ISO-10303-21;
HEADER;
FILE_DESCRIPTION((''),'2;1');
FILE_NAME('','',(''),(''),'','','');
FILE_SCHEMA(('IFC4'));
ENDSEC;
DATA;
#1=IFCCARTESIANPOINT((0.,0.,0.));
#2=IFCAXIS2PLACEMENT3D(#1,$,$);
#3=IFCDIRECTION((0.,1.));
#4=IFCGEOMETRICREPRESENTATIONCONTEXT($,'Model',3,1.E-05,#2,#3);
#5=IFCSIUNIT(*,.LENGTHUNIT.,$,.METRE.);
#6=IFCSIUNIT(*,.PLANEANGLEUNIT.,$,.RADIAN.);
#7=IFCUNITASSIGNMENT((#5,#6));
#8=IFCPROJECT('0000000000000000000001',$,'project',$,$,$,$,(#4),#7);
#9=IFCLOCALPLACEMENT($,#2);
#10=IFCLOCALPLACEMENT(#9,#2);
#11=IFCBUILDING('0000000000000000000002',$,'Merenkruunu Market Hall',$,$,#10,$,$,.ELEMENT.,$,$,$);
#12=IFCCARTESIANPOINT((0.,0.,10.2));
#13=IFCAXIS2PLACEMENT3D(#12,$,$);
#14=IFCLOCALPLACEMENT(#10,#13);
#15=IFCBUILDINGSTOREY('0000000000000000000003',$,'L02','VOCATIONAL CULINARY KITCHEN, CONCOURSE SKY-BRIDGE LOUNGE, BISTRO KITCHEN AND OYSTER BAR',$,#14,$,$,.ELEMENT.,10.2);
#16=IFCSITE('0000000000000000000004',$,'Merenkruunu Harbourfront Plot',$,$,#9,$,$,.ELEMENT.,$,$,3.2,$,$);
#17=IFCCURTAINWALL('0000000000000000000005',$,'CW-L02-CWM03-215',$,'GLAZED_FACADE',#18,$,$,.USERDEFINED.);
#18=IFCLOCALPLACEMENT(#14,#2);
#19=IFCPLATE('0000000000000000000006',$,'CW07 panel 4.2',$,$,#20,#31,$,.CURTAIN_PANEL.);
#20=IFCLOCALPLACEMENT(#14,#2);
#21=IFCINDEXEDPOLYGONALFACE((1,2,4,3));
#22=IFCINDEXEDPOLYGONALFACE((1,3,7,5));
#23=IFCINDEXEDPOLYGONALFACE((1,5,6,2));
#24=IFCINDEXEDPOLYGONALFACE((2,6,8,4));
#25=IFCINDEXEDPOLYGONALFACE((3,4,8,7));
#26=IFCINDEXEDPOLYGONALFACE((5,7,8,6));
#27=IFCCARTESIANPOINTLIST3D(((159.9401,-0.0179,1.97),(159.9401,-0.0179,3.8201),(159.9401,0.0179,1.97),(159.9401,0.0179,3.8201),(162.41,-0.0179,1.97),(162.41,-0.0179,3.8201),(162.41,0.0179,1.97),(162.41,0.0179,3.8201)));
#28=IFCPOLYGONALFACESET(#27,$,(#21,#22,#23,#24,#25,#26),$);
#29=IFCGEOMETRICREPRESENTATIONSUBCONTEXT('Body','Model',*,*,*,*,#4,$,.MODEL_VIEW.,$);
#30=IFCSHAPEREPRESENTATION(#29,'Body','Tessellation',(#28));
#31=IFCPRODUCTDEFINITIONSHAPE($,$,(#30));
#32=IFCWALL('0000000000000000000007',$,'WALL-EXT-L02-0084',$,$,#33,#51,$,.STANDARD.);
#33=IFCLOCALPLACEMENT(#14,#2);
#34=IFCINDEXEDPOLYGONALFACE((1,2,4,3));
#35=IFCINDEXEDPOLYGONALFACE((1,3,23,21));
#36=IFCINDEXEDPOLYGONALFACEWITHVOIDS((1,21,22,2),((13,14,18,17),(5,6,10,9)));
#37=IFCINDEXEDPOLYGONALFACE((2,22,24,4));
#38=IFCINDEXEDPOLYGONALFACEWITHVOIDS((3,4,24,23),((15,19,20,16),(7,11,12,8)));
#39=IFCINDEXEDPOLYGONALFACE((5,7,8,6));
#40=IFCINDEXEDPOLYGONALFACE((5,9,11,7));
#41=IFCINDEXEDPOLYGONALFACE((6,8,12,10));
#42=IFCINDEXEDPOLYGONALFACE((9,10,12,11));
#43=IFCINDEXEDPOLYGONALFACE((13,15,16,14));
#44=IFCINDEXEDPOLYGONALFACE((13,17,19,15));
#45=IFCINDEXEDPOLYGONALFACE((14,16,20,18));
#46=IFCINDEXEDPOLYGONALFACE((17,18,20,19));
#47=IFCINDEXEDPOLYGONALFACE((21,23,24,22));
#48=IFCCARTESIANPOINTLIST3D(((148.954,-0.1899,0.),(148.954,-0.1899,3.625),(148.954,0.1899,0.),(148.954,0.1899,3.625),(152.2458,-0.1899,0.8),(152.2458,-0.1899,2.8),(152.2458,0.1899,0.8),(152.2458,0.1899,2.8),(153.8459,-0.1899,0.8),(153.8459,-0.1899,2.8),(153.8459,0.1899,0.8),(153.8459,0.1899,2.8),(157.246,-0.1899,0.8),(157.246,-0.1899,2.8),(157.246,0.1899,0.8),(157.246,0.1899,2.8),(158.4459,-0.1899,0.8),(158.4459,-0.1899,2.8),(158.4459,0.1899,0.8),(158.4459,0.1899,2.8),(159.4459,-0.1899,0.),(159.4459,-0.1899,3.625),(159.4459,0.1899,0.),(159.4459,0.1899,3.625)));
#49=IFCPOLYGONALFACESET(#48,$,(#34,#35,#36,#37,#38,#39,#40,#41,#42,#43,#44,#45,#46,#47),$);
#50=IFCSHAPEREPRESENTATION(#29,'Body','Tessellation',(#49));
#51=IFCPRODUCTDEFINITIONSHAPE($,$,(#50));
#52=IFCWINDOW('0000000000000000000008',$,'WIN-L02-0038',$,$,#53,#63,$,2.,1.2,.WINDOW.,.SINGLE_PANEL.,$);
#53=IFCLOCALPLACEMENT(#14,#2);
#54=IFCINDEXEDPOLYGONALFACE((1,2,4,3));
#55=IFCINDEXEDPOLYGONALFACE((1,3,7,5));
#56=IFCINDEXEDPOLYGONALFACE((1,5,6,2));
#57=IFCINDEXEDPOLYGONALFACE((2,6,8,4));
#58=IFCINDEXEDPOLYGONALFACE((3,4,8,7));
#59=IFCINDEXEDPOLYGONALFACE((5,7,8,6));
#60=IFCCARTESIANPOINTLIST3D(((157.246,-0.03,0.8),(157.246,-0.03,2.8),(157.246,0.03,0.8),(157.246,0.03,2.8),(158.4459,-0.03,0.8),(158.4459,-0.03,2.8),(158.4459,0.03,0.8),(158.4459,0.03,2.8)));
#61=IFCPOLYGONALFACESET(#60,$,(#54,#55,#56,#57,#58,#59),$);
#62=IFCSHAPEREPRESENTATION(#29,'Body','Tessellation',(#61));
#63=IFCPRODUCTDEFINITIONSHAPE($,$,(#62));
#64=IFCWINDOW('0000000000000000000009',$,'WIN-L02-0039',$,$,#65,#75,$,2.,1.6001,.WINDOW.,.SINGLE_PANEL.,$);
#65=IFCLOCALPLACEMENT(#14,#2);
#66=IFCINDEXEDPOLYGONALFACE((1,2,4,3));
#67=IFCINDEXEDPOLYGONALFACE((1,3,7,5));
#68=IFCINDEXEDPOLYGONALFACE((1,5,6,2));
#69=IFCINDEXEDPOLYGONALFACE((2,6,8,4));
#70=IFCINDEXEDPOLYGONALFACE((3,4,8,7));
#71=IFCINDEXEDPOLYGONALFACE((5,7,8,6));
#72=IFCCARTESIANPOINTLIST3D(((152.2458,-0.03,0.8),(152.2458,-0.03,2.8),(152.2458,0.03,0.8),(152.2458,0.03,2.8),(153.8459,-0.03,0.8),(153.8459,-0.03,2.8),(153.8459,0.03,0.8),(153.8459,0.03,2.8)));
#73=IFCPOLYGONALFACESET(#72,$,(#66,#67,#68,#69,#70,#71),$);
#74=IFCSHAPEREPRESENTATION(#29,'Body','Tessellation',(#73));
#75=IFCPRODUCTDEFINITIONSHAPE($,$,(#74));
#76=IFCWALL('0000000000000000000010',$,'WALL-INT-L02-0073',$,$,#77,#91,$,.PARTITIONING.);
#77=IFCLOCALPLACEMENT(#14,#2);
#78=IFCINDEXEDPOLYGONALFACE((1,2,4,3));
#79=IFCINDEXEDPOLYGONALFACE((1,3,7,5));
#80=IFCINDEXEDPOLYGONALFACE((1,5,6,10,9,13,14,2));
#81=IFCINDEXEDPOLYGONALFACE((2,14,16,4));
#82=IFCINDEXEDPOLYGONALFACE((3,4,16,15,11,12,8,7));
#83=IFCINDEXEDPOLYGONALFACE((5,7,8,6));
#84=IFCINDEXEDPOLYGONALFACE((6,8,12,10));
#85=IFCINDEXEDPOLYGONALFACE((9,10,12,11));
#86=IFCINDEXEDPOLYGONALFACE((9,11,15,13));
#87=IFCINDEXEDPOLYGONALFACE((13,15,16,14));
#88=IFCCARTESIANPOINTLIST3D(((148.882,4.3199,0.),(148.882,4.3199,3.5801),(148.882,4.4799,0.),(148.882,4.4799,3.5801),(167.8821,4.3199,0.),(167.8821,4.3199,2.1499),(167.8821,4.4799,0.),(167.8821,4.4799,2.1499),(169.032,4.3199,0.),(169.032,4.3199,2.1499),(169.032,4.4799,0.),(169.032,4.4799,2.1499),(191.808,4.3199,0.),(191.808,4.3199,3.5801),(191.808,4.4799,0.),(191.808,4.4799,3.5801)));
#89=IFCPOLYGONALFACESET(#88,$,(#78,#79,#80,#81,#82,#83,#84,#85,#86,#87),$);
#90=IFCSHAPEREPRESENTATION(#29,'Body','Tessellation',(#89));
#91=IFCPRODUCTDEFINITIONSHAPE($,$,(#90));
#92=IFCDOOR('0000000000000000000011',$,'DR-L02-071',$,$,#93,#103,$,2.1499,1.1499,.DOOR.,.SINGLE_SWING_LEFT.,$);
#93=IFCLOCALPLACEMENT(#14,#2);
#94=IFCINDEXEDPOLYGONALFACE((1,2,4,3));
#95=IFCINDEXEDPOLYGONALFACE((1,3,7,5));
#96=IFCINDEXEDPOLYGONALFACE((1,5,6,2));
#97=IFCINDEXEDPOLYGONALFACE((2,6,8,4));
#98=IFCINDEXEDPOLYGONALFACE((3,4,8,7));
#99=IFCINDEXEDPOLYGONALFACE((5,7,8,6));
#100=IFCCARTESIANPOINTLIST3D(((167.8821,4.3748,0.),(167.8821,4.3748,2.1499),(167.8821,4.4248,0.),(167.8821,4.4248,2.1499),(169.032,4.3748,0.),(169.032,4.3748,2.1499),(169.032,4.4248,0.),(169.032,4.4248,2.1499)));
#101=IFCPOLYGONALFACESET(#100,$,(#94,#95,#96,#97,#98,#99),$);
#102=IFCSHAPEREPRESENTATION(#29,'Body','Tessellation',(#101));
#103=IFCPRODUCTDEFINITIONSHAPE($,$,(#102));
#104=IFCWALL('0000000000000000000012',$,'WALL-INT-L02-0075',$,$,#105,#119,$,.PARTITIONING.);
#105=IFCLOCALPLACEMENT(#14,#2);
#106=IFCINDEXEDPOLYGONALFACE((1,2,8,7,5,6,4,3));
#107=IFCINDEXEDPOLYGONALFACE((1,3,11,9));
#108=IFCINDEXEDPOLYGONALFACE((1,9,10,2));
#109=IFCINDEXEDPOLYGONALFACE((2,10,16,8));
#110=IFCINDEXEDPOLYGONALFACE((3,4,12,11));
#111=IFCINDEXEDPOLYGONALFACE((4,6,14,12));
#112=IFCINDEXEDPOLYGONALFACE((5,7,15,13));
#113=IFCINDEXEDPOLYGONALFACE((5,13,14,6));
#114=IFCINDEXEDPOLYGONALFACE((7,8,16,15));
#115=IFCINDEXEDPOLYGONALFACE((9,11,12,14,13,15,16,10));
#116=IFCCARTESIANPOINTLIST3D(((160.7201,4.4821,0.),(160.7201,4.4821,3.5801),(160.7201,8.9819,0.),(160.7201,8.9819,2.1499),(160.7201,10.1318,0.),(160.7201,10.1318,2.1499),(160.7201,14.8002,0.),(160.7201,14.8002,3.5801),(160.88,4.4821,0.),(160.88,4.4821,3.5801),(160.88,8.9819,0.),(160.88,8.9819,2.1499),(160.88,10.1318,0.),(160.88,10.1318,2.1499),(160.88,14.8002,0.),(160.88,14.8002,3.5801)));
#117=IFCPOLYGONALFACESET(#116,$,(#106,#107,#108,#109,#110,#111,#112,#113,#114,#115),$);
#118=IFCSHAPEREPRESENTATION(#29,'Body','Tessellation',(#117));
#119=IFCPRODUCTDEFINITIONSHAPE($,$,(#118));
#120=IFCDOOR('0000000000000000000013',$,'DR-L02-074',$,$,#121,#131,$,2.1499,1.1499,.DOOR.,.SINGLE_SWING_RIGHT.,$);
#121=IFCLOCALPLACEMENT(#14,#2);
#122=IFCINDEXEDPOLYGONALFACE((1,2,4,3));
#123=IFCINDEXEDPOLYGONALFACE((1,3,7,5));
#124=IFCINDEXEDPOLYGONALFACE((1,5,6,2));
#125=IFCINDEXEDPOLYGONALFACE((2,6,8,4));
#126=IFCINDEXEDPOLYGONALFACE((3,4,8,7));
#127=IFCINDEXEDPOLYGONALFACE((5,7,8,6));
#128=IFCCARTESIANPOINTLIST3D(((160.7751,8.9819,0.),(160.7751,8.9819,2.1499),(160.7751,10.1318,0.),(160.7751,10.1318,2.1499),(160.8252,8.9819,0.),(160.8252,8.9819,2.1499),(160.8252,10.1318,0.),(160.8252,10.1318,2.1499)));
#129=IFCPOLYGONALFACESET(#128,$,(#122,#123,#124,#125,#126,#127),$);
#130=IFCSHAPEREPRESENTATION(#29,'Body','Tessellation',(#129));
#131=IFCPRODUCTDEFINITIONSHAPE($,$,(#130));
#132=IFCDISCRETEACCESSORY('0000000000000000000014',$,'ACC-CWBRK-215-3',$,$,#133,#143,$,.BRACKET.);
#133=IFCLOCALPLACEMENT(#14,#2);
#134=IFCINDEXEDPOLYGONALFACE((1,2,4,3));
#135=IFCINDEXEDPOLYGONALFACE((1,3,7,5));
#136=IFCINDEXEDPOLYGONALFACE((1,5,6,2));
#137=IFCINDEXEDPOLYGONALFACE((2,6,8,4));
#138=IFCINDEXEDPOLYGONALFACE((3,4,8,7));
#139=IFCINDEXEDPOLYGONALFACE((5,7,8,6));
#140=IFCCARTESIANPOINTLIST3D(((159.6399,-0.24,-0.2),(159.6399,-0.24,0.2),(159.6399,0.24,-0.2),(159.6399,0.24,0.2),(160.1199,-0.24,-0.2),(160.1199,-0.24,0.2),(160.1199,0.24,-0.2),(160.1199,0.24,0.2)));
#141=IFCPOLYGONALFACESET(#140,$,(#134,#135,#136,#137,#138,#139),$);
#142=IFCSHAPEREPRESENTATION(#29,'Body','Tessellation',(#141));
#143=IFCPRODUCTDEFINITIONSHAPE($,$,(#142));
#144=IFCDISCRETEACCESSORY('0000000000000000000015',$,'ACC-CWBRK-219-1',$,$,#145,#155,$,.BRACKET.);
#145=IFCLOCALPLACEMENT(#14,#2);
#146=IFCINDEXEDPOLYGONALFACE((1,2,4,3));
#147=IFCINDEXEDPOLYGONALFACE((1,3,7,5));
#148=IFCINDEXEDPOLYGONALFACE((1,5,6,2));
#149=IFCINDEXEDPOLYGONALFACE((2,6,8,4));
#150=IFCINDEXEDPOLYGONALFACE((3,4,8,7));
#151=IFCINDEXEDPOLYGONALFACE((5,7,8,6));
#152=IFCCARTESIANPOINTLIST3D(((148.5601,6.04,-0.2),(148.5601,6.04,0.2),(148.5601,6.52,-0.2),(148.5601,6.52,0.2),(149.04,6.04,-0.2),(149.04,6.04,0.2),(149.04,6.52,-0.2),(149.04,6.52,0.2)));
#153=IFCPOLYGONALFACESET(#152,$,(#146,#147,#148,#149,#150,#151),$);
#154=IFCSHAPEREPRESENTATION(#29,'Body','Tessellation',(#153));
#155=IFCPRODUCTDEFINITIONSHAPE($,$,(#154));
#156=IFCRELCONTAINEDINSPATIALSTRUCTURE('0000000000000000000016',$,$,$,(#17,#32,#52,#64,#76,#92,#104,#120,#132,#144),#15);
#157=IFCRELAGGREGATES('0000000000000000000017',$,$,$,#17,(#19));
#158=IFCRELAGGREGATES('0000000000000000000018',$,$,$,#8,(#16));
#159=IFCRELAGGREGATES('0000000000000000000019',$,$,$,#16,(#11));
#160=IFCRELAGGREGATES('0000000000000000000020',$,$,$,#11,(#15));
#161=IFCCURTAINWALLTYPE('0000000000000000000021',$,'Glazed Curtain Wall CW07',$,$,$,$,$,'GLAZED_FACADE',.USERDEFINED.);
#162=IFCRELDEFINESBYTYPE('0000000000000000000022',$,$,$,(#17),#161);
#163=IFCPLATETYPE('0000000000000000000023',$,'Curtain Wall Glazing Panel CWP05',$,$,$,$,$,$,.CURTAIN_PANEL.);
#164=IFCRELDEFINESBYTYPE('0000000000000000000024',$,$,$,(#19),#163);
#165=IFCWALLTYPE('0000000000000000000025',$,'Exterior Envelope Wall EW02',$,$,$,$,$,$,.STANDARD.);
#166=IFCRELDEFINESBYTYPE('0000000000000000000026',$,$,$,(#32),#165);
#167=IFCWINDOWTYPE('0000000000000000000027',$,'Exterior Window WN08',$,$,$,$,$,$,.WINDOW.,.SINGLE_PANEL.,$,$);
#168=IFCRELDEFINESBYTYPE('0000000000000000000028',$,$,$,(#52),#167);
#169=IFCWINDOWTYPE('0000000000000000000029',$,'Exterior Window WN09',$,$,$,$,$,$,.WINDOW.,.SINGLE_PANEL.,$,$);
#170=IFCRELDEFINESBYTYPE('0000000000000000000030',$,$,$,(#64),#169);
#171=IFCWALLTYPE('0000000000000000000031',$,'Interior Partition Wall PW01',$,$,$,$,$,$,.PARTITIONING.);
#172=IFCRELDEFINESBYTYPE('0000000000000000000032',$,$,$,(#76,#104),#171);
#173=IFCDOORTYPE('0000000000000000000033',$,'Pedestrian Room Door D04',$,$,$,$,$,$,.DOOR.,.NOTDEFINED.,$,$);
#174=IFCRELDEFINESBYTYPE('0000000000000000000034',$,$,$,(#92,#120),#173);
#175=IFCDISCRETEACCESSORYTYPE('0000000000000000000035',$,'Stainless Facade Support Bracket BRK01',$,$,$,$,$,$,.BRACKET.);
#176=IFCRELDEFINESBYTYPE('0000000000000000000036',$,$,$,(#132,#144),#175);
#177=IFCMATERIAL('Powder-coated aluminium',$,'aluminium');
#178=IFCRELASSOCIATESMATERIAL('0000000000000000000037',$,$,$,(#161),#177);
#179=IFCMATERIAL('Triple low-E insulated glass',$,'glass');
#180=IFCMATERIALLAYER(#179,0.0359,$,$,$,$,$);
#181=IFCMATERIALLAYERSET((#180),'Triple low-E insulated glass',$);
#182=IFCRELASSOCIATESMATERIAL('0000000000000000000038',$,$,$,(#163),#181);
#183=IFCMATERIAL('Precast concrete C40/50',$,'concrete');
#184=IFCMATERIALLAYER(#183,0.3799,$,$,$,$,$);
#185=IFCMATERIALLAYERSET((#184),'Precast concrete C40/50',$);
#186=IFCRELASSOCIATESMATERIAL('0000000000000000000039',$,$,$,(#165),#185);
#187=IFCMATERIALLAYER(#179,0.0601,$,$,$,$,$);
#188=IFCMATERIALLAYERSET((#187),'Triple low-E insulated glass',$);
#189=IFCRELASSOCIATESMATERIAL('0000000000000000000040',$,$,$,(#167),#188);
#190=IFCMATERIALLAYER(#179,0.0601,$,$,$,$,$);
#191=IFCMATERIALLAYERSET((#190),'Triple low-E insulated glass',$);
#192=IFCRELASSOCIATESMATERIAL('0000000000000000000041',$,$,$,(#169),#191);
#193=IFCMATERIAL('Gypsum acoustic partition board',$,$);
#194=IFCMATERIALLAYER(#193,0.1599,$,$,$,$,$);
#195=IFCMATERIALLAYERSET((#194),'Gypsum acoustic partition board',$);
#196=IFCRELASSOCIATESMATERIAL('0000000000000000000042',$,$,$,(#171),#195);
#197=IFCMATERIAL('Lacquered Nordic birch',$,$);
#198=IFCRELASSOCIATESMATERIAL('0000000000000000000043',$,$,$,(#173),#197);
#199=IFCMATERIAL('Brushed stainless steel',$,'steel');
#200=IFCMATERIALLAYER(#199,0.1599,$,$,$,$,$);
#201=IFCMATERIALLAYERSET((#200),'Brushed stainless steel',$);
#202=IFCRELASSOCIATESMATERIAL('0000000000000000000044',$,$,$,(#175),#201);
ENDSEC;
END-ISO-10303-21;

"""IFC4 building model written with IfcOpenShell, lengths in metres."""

from ifc_helpers import new_model, si_unit, direction, frame, frame_2d, origin, origin_2d, place, context, subcontext, project, spatial, rectangle, extrude, material, layer, layer_set, type_object, element, fill, aggregate, save


model = new_model("IFC4")

# Units and contexts
model_context = context("Model", 3, precision=1e-05, world=origin(), true_north=direction((0.0, 1.0)))
body_context = subcontext(model_context, "Body", "Model", "MODEL_VIEW")
ifc_project = project(units=[si_unit("LENGTHUNIT", "METRE"), si_unit("PLANEANGLEUNIT", "RADIAN")], contexts=[model_context])

# Site, building, storey
site_placement = place(None, origin())
site = spatial("IfcSite", under=ifc_project, at=site_placement, Name="Merenkruunu Harbourfront Plot", CompositionType="ELEMENT", RefElevation=3.2)
building_placement = place(site_placement, origin())
building = spatial("IfcBuilding", under=site, at=building_placement, Name="Merenkruunu Market Hall", CompositionType="ELEMENT")
storey_placement = place(building_placement, frame((0.0, 0.0, 10.2)))
storey = spatial("IfcBuildingStorey", under=building, at=storey_placement, Name="L02", Description="VOCATIONAL CULINARY KITCHEN, CONCOURSE SKY-BRIDGE LOUNGE, BISTRO KITCHEN AND OYSTER BAR", CompositionType="ELEMENT", Elevation=10.2)

# Curtain wall
ifc_material_1 = material(Name="Powder-coated aluminium", Category="aluminium")
curtain_wall_type_1 = type_object("IfcCurtainWallType", Name="Glazed Curtain Wall CW07", ElementType="GLAZED_FACADE", PredefinedType="USERDEFINED", material=ifc_material_1)
curtain_wall_1_placement = place(storey_placement, origin())
curtain_wall_1 = element("IfcCurtainWall", 1, at=curtain_wall_1_placement, inside=storey, type_object=curtain_wall_type_1, Name="CW-L02-CWM03-215", ObjectType="GLAZED_FACADE", PredefinedType="USERDEFINED")

# Plate
ifc_material_2 = material(Name="Triple low-E insulated glass", Category="glass")
ifc_layer_1 = layer(ifc_material_2, 0.0359)
ifc_layer_set_1 = layer_set([ifc_layer_1], Name="Triple low-E insulated glass")
plate_type = type_object("IfcPlateType", Name="Curtain Wall Glazing Panel CWP05", PredefinedType="CURTAIN_PANEL", material=ifc_layer_set_1)
plate_1_placement = place(storey_placement, frame((161.175, 0.0, 1.97), z_axis=(0.0, 0.0, 1.0), x_axis=(-1.0, 0.0, 0.0)))
plate_1 = element("IfcPlate", 2, at=plate_1_placement, type_object=plate_type, Name="CW07 panel 4.2", PredefinedType="CURTAIN_PANEL", context=body_context, shape_type="SweptSolid", body=[
    extrude(rectangle(XDim=2.47, YDim=0.0359, at=origin_2d()), origin(), (0.0, 0.0, 1.0), 1.8501),
])
aggregate(curtain_wall_1, [plate_1])

# Wall, openings, windows
ifc_material_3 = material(Name="Precast concrete C40/50", Category="concrete")
ifc_layer_2 = layer(ifc_material_3, 0.3799)
ifc_layer_set_2 = layer_set([ifc_layer_2], Name="Precast concrete C40/50")
wall_type_1 = type_object("IfcWallType", Name="Exterior Envelope Wall EW02", PredefinedType="STANDARD", material=ifc_layer_set_2)
wall_1_placement = place(storey_placement, frame((159.446, 0.0, 0.0), z_axis=(0.0, 0.0, 1.0), x_axis=(-1.0, 0.0, 0.0)))
wall_1 = element("IfcWall", 3, at=wall_1_placement, inside=storey, type_object=wall_type_1, Name="WALL-EXT-L02-0084", PredefinedType="STANDARD", context=body_context, shape_type="SweptSolid", body=[
    extrude(rectangle(XDim=10.4919, YDim=0.3799, at=frame_2d((5.2461, 0.0))), origin(), (0.0, 0.0, 1.0), 3.625),
])
opening_1_placement = place(wall_1_placement, frame((1.0, 0.0, 0.8)))
opening_1 = element("IfcOpeningElement", 4, at=opening_1_placement, cuts=wall_1, PredefinedType="OPENING", context=body_context, shape_type="SweptSolid", body=[
    extrude(rectangle(XDim=1.2, YDim=2.0, at=frame_2d((0.6001, 1.0))), frame((0.0, 0.2, 0.0), z_axis=(0.0, -1.0, 0.0), x_axis=(1.0, 0.0, 0.0)), (0.0, 0.0, 1.0), 0.3999),
])
opening_2_placement = place(wall_1_placement, frame((5.6001, 0.0, 0.8)))
opening_2 = element("IfcOpeningElement", 5, at=opening_2_placement, cuts=wall_1, PredefinedType="OPENING", context=body_context, shape_type="SweptSolid", body=[
    extrude(rectangle(XDim=1.6001, YDim=2.0, at=frame_2d((0.8, 1.0))), frame((0.0, 0.2, 0.0), z_axis=(0.0, -1.0, 0.0), x_axis=(1.0, 0.0, 0.0)), (0.0, 0.0, 1.0), 0.3999),
])
ifc_layer_3 = layer(ifc_material_2, 0.0601)
ifc_layer_set_3 = layer_set([ifc_layer_3], Name="Triple low-E insulated glass")
window_type_1 = type_object("IfcWindowType", Name="Exterior Window WN08", PartitioningType="SINGLE_PANEL", PredefinedType="WINDOW", material=ifc_layer_set_3)
window_1_placement = place(opening_1_placement, origin())
window_1 = element("IfcWindow", 6, at=window_1_placement, inside=storey, type_object=window_type_1, Name="WIN-L02-0038", OverallHeight=2.0, OverallWidth=1.2, PartitioningType="SINGLE_PANEL", PredefinedType="WINDOW", context=body_context, shape_type="SweptSolid", body=[
    extrude(rectangle(XDim=1.2, YDim=2.0, at=frame_2d((0.6001, 1.0))), frame((0.0, 0.03, 0.0), z_axis=(0.0, -1.0, 0.0), x_axis=(1.0, 0.0, 0.0)), (0.0, 0.0, 1.0), 0.0601),
])
fill(opening_1, window_1)
ifc_layer_4 = layer(ifc_material_2, 0.0601)
ifc_layer_set_4 = layer_set([ifc_layer_4], Name="Triple low-E insulated glass")
window_type_2 = type_object("IfcWindowType", Name="Exterior Window WN09", PartitioningType="SINGLE_PANEL", PredefinedType="WINDOW", material=ifc_layer_set_4)
window_2_placement = place(opening_2_placement, origin())
window_2 = element("IfcWindow", 7, at=window_2_placement, inside=storey, type_object=window_type_2, Name="WIN-L02-0039", OverallHeight=2.0, OverallWidth=1.6001, PartitioningType="SINGLE_PANEL", PredefinedType="WINDOW", context=body_context, shape_type="SweptSolid", body=[
    extrude(rectangle(XDim=1.6001, YDim=2.0, at=frame_2d((0.8, 1.0))), frame((0.0, 0.03, 0.0), z_axis=(0.0, -1.0, 0.0), x_axis=(1.0, 0.0, 0.0)), (0.0, 0.0, 1.0), 0.0601),
])
fill(opening_2, window_2)

# Walls, openings, doors
ifc_material_4 = material(Name="Gypsum acoustic partition board")
ifc_layer_5 = layer(ifc_material_4, 0.1599)
ifc_layer_set_5 = layer_set([ifc_layer_5], Name="Gypsum acoustic partition board")
wall_type_2 = type_object("IfcWallType", Name="Interior Partition Wall PW01", PredefinedType="PARTITIONING", material=ifc_layer_set_5)
wall_2_placement = place(storey_placement, frame((148.8821, 4.3999, 0.0), z_axis=(0.0, 0.0, 1.0), x_axis=(1.0, 0.0, 0.0)))
wall_2 = element("IfcWall", 8, at=wall_2_placement, inside=storey, type_object=wall_type_2, Name="WALL-INT-L02-0073", PredefinedType="PARTITIONING", context=body_context, shape_type="SweptSolid", body=[
    extrude(rectangle(XDim=42.926, YDim=0.1599, at=frame_2d((21.4629, 0.0))), origin(), (0.0, 0.0, 1.0), 3.5801),
])
opening_3_placement = place(wall_2_placement, frame((19.0, 0.0, 0.0)))
opening_3 = element("IfcOpeningElement", 9, at=opening_3_placement, cuts=wall_2, PredefinedType="OPENING", context=body_context, shape_type="SweptSolid", body=[
    extrude(rectangle(XDim=1.1499, YDim=2.1499, at=frame_2d((0.575, 1.075))), frame((0.0, 0.0898, 0.0), z_axis=(0.0, -1.0, 0.0), x_axis=(1.0, 0.0, 0.0)), (0.0, 0.0, 1.0), 0.1799),
])
ifc_material_5 = material(Name="Lacquered Nordic birch")
door_type = type_object("IfcDoorType", Name="Pedestrian Room Door D04", OperationType="NOTDEFINED", PredefinedType="DOOR", material=ifc_material_5)
door_1_placement = place(opening_3_placement, origin())
door_1 = element("IfcDoor", 10, at=door_1_placement, inside=storey, type_object=door_type, Name="DR-L02-071", OperationType="SINGLE_SWING_LEFT", OverallHeight=2.1499, OverallWidth=1.1499, PredefinedType="DOOR", context=body_context, shape_type="SweptSolid", body=[
    extrude(rectangle(XDim=1.1499, YDim=2.1499, at=frame_2d((0.575, 1.075))), frame((0.0, 0.0249, 0.0), z_axis=(0.0, -1.0, 0.0), x_axis=(1.0, 0.0, 0.0)), (0.0, 0.0, 1.0), 0.05),
])
fill(opening_3, door_1)
wall_3_placement = place(storey_placement, frame((160.8, 4.4819, 0.0), z_axis=(0.0, 0.0, 1.0), x_axis=(0.0, 1.0, 0.0)))
wall_3 = element("IfcWall", 11, at=wall_3_placement, inside=storey, type_object=wall_type_2, Name="WALL-INT-L02-0075", PredefinedType="PARTITIONING", context=body_context, shape_type="SweptSolid", body=[
    extrude(rectangle(XDim=10.3181, YDim=0.1599, at=frame_2d((5.1592, 0.0))), origin(), (0.0, 0.0, 1.0), 3.5801),
])
opening_4_placement = place(wall_3_placement, frame((4.5, 0.0, 0.0)))
opening_4 = element("IfcOpeningElement", 12, at=opening_4_placement, cuts=wall_3, PredefinedType="OPENING", context=body_context, shape_type="SweptSolid", body=[
    extrude(rectangle(XDim=1.1499, YDim=2.1499, at=frame_2d((0.575, 1.075))), frame((0.0, 0.0898, 0.0), z_axis=(0.0, -1.0, 0.0), x_axis=(1.0, 0.0, 0.0)), (0.0, 0.0, 1.0), 0.1799),
])
door_2_placement = place(opening_4_placement, origin())
door_2 = element("IfcDoor", 13, at=door_2_placement, inside=storey, type_object=door_type, Name="DR-L02-074", OperationType="SINGLE_SWING_RIGHT", OverallHeight=2.1499, OverallWidth=1.1499, PredefinedType="DOOR", context=body_context, shape_type="SweptSolid", body=[
    extrude(rectangle(XDim=1.1499, YDim=2.1499, at=frame_2d((0.575, 1.075))), frame((0.0, 0.0249, 0.0), z_axis=(0.0, -1.0, 0.0), x_axis=(1.0, 0.0, 0.0)), (0.0, 0.0, 1.0), 0.05),
])
fill(opening_4, door_2)

# Discrete accessories
ifc_material_6 = material(Name="Brushed stainless steel", Category="steel")
ifc_layer_6 = layer(ifc_material_6, 0.1599)
ifc_layer_set_6 = layer_set([ifc_layer_6], Name="Brushed stainless steel")
discrete_accessory_type = type_object("IfcDiscreteAccessoryType", Name="Stainless Facade Support Bracket BRK01", PredefinedType="BRACKET", material=ifc_layer_set_6)
for number, where, z_axis, x_axis, name in (
    (14, (159.8799, 0.0, -0.2), (0.0, 0.0, 1.0), (1.0, 0.0, 0.0), "ACC-CWBRK-215-3"),
    (15, (148.8, 6.28, -0.2), (0.0, 0.0, 1.0), (1.0, 0.0, 0.0), "ACC-CWBRK-219-1"),
):
    element("IfcDiscreteAccessory", number, at=place(storey_placement, frame(where, z_axis=z_axis, x_axis=x_axis)), inside=storey, type_object=discrete_accessory_type, Name=name, PredefinedType="BRACKET", context=body_context, shape_type="SweptSolid", body=[
        extrude(rectangle(XDim=0.48, YDim=0.48, at=origin_2d()), origin(), (0.0, 0.0, 1.0), 0.3999),
    ])

save(model, "model.ifc")
